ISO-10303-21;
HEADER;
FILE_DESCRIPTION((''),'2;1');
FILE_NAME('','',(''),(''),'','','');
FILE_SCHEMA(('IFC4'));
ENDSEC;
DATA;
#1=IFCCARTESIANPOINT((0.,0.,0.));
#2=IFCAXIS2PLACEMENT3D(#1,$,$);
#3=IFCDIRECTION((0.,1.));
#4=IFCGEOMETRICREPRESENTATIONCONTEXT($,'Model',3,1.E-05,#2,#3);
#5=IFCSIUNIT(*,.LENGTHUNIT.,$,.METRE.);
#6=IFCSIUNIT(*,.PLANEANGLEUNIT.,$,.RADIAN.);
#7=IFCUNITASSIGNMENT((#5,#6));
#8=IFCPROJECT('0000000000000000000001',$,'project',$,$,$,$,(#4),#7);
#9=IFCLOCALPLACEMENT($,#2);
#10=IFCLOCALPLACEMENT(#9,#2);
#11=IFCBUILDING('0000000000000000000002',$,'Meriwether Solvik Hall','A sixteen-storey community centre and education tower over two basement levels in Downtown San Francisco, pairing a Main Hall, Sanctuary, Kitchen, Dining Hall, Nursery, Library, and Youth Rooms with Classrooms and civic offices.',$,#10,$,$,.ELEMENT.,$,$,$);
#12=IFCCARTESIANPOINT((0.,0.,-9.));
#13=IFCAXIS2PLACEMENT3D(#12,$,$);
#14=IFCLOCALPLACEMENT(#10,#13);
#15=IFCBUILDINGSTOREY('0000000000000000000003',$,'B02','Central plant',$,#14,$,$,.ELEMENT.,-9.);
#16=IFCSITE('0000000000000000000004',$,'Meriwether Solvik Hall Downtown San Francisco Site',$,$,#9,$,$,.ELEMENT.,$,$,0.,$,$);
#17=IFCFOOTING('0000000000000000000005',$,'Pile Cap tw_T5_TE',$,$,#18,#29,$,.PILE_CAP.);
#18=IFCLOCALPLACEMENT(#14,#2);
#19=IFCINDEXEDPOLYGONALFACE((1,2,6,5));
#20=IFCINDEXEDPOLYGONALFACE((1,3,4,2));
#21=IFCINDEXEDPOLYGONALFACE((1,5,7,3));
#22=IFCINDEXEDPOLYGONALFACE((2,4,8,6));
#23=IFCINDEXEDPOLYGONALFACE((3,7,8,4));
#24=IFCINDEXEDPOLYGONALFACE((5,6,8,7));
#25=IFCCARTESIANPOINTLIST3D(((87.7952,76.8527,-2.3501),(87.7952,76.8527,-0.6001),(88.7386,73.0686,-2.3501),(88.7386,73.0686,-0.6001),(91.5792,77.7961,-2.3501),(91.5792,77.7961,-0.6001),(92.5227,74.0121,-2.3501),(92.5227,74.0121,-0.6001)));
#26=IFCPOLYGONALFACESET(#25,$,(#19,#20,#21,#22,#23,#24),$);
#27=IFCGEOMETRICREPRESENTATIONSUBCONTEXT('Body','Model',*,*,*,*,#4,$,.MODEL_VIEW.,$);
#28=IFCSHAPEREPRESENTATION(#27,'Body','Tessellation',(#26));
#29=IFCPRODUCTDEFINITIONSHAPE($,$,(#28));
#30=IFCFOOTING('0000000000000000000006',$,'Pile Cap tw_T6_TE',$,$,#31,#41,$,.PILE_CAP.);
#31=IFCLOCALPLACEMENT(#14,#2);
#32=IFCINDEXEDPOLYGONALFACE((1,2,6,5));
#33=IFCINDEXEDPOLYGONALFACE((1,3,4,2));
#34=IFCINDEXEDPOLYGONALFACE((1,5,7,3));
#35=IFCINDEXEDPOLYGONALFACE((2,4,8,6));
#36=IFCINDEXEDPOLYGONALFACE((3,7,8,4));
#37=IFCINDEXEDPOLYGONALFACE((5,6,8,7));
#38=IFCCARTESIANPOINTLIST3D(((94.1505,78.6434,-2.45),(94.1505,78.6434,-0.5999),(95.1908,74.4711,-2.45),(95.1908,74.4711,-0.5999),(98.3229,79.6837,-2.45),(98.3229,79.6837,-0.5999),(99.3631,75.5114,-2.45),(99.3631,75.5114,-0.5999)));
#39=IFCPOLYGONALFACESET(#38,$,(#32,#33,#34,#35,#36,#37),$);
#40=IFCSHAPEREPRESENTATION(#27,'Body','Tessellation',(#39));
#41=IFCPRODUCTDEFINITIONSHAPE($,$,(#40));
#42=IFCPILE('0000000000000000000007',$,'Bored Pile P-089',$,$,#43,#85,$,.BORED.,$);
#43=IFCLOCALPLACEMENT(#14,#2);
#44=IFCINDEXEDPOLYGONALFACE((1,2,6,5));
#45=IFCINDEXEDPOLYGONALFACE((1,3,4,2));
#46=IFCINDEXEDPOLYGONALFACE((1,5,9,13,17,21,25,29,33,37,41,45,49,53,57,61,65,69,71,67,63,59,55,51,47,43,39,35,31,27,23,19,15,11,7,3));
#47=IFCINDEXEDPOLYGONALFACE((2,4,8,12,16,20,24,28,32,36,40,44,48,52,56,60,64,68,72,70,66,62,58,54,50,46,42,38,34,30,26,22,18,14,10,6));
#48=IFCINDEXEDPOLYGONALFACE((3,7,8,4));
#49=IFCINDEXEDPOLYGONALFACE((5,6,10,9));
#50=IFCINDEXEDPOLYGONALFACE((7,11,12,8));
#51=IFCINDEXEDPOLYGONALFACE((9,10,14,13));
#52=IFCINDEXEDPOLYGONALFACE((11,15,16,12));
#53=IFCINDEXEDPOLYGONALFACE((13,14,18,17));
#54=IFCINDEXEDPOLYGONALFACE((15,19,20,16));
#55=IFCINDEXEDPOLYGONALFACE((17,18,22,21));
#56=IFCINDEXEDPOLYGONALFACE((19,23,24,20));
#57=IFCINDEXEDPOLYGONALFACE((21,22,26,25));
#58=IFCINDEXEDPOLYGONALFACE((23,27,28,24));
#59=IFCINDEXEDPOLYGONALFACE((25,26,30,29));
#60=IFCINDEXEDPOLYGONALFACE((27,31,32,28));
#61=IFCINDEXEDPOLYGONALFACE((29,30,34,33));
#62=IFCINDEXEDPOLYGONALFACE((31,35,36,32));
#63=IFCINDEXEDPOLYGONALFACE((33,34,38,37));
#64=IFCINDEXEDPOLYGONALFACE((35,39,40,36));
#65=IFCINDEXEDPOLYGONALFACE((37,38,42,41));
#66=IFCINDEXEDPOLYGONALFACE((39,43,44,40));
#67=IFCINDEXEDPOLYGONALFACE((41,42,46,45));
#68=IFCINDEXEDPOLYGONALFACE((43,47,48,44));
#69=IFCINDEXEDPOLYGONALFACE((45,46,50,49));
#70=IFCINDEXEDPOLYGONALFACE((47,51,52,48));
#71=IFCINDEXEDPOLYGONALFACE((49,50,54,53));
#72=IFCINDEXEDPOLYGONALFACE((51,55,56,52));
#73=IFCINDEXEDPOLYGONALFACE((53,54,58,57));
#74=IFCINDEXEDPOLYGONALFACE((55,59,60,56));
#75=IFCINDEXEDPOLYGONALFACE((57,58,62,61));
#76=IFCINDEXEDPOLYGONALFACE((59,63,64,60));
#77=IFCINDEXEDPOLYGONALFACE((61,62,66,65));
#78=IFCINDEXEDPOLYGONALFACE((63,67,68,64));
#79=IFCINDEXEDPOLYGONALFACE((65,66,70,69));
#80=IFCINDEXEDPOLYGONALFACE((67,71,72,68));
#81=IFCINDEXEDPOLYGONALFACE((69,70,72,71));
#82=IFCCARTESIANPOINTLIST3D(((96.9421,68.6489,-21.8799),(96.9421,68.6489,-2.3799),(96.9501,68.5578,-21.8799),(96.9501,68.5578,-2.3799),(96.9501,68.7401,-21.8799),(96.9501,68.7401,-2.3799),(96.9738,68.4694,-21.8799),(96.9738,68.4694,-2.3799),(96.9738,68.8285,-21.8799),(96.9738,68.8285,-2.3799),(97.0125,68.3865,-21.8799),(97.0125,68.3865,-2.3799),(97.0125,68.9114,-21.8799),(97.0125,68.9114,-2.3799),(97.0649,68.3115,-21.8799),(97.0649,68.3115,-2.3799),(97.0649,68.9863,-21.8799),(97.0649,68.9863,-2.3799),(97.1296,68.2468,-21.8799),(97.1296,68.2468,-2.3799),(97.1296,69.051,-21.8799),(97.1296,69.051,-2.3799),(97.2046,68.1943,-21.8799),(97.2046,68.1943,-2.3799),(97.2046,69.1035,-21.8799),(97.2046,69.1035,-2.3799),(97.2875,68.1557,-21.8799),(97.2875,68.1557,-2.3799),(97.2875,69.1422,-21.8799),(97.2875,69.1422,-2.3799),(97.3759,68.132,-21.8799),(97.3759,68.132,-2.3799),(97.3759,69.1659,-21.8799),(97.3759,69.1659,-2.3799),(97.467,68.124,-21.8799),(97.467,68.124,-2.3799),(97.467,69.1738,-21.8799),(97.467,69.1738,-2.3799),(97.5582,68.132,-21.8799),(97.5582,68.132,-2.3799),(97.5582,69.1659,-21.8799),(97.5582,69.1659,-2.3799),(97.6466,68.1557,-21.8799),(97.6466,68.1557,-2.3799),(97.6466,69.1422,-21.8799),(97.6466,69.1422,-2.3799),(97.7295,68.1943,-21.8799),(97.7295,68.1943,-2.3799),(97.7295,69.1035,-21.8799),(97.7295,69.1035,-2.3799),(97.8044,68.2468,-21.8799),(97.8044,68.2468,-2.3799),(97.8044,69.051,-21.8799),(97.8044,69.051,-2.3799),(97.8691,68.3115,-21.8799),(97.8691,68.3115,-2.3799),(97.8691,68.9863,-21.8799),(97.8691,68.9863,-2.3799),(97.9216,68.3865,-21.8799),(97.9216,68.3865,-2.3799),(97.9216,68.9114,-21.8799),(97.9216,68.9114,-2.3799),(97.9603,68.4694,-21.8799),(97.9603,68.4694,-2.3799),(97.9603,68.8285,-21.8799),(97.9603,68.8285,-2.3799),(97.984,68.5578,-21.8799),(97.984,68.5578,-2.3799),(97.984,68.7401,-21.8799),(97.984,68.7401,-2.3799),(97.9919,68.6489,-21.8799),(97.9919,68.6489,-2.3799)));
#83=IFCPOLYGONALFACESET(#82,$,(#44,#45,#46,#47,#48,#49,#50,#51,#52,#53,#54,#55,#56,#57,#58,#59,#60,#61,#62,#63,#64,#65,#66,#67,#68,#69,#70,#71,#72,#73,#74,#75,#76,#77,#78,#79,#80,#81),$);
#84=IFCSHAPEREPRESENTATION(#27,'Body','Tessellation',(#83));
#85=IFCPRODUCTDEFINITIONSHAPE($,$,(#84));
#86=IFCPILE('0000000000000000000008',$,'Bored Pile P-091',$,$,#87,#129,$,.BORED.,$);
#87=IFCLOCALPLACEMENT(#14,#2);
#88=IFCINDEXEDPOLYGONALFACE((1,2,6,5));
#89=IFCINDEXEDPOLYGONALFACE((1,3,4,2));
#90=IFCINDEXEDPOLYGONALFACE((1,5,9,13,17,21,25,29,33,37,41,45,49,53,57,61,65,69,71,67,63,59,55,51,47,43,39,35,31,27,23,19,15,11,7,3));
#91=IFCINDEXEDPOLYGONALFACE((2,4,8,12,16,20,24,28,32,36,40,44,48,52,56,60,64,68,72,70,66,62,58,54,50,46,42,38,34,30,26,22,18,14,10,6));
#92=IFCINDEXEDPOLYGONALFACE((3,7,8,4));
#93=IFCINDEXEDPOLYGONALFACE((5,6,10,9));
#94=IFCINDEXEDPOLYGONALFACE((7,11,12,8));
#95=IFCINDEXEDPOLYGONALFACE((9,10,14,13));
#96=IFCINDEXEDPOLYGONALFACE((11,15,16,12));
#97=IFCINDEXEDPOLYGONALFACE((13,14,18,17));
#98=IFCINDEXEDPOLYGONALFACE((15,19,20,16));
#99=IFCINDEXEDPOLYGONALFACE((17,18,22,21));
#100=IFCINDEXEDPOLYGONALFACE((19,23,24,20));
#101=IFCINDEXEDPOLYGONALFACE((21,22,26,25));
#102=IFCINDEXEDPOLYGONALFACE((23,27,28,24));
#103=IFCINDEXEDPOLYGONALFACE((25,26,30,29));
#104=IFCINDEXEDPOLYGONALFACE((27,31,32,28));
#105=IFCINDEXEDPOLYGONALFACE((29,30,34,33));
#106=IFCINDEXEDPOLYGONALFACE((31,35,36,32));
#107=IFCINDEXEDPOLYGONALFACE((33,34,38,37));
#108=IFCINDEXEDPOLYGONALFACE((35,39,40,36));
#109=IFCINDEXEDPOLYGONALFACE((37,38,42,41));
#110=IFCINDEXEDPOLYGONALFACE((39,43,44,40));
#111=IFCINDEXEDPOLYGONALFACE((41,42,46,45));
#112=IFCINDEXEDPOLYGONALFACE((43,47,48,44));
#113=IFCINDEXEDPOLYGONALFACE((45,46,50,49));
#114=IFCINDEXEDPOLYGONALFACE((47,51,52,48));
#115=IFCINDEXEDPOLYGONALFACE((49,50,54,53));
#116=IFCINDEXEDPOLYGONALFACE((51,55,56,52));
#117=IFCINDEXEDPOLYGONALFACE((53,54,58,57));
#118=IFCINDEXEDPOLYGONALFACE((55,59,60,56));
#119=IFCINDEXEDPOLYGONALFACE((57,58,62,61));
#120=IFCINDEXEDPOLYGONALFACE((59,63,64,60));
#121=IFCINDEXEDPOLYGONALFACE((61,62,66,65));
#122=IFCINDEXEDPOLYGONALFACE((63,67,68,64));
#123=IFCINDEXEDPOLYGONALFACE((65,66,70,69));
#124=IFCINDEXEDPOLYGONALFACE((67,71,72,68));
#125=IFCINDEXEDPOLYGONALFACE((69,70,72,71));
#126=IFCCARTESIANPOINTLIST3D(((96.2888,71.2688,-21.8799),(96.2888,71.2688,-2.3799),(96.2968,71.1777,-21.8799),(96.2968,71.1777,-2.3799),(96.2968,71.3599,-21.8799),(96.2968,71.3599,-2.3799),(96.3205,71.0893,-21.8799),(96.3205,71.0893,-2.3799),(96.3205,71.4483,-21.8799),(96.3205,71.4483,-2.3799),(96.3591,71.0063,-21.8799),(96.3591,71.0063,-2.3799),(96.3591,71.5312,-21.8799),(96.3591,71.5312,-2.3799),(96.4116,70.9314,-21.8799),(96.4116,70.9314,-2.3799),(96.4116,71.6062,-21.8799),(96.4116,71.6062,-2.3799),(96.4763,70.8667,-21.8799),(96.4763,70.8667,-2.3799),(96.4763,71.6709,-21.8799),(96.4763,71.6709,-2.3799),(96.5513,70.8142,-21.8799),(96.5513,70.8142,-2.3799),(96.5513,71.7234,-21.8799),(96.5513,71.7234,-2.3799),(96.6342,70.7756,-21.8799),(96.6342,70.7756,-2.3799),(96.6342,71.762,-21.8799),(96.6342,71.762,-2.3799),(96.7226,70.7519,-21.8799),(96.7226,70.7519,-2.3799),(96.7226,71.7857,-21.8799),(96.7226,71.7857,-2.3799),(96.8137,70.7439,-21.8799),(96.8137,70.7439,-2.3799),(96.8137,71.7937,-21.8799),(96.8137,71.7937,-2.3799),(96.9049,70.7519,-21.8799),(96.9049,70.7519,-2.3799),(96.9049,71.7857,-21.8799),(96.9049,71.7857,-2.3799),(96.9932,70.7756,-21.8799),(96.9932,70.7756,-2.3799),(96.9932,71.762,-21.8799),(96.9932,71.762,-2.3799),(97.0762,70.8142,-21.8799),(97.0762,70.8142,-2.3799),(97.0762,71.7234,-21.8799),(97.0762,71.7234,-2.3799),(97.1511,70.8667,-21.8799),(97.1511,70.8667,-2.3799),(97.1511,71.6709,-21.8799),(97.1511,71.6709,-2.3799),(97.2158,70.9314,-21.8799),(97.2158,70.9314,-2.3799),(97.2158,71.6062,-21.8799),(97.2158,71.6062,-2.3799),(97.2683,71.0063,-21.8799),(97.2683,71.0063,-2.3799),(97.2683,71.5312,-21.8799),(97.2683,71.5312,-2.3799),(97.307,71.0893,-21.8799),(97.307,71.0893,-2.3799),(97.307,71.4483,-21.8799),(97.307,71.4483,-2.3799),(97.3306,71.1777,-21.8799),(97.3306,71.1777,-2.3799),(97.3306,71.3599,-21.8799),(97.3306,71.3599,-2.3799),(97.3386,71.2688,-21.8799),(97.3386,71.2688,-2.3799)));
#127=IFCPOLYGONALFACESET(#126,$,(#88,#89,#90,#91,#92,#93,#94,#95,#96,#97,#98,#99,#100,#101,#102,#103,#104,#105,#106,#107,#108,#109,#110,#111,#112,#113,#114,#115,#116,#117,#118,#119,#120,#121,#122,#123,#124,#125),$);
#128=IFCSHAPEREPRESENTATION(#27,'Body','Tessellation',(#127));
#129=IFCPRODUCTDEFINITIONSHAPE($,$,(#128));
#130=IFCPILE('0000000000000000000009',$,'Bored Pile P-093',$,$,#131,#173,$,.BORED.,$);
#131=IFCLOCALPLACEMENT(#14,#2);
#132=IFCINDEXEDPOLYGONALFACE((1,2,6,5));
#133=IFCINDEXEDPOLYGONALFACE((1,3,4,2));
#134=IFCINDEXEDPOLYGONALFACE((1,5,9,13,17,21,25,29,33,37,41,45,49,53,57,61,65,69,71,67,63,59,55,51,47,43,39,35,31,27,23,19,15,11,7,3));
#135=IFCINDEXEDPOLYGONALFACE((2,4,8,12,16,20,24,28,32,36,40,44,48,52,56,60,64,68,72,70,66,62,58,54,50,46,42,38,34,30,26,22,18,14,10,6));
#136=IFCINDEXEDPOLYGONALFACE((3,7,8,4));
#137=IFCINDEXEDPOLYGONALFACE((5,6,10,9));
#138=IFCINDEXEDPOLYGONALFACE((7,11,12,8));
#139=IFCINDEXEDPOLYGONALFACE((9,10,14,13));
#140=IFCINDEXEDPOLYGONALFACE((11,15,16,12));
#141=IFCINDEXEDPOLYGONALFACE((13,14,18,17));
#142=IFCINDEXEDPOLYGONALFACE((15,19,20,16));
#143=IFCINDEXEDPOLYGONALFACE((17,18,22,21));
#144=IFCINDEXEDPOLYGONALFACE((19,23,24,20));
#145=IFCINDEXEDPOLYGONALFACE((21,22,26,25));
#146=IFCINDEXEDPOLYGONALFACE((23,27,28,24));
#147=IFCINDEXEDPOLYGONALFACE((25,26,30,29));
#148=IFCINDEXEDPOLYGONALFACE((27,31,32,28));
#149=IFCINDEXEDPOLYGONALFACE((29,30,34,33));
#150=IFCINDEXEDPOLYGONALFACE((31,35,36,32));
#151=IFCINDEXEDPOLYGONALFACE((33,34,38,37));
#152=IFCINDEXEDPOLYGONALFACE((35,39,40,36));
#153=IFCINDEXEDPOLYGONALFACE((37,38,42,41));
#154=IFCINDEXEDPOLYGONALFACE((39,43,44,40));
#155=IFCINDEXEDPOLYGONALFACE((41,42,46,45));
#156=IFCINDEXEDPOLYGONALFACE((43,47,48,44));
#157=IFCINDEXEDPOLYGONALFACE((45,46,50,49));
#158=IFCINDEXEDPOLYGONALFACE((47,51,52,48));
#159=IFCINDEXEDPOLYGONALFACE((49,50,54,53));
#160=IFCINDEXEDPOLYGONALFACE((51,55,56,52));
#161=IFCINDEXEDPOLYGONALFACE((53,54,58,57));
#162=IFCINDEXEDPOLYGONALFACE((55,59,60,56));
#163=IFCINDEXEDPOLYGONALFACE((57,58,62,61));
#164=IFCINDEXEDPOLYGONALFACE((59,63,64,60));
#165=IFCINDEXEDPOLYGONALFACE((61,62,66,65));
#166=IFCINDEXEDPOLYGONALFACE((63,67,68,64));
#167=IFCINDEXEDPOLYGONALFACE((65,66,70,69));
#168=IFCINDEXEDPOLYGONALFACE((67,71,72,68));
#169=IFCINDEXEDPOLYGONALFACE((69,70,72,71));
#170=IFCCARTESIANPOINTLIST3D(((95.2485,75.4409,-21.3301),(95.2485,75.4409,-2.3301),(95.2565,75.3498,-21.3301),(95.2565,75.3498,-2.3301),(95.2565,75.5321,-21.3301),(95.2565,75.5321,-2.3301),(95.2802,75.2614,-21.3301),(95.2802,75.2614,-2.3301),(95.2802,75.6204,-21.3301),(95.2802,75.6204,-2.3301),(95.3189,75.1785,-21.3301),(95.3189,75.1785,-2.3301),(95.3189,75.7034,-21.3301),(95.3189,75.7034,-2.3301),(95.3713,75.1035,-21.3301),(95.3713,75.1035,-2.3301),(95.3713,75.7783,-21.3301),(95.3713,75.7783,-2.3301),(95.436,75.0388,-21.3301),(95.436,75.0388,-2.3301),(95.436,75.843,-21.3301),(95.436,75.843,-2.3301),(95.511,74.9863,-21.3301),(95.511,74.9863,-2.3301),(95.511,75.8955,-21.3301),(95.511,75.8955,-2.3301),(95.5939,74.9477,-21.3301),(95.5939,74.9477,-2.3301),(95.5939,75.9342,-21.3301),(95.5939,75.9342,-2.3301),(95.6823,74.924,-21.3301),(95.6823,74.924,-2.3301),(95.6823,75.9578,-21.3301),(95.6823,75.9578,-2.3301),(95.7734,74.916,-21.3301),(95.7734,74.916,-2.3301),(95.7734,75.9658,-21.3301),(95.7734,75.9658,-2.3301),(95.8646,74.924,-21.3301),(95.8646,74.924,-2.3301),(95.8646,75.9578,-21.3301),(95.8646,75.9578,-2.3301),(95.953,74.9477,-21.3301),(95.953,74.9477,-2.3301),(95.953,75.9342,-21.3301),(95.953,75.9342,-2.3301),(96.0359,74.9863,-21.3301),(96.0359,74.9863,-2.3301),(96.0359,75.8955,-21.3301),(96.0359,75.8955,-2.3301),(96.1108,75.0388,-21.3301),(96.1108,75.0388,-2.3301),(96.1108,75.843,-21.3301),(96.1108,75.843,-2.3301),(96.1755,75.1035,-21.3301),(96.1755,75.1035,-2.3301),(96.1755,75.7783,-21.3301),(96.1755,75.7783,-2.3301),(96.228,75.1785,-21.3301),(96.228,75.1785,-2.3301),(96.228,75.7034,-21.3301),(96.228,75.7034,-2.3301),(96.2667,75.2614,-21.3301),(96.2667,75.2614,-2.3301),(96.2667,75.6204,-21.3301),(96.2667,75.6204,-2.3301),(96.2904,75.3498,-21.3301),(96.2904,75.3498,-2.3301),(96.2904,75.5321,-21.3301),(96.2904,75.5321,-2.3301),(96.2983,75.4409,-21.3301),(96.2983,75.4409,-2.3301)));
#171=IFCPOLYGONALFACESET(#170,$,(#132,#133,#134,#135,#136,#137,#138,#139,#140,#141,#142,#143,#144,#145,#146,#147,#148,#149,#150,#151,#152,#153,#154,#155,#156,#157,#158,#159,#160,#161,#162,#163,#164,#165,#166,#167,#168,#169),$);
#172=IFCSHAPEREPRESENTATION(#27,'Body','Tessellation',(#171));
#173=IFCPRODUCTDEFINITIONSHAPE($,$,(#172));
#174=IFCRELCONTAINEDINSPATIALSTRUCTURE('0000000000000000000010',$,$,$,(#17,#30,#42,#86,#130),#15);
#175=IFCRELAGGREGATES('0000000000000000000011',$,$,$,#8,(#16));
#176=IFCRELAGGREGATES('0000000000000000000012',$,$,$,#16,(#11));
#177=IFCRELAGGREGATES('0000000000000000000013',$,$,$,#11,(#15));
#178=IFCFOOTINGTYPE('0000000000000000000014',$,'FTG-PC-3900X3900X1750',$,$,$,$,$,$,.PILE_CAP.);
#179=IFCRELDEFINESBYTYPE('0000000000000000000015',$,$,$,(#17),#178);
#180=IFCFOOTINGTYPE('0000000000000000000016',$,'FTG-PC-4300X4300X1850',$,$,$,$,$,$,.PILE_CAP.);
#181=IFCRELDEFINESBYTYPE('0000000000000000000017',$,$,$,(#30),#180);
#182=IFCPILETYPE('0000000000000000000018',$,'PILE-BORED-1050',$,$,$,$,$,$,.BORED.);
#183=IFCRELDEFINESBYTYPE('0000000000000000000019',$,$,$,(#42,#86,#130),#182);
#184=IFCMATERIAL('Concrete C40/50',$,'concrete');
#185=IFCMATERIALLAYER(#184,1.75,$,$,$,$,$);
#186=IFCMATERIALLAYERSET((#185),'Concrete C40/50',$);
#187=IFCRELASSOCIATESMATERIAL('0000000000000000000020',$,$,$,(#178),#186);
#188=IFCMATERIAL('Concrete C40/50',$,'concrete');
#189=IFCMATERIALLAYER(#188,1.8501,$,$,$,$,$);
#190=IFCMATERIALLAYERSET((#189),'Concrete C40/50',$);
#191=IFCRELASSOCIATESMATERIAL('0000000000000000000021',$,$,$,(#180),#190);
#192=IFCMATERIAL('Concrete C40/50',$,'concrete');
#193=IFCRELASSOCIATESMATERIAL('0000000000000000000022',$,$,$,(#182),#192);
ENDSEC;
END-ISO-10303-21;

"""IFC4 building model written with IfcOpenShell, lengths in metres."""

from ifc_helpers import new_model, si_unit, direction, frame, origin, origin_2d, place, context, subcontext, project, spatial, rectangle, circle, extrude, material, layer, layer_set, material_profile, profile_set, type_object, element, save


model = new_model("IFC4")

# Units and contexts
model_context = context("Model", 3, precision=1e-05, world=origin(), true_north=direction((0.0, 1.0)))
body_context = subcontext(model_context, "Body", "Model", "MODEL_VIEW")
ifc_project = project(units=[si_unit("LENGTHUNIT", "METRE"), si_unit("PLANEANGLEUNIT", "RADIAN")], contexts=[model_context])

# Site, building, storey
site_placement = place(None, origin())
site = spatial("IfcSite", under=ifc_project, at=site_placement, Name="Meriwether Solvik Hall Downtown San Francisco Site", CompositionType="ELEMENT", RefElevation=0.0)
building_placement = place(site_placement, origin())
building = spatial("IfcBuilding", under=site, at=building_placement, Name="Meriwether Solvik Hall", Description="A sixteen-storey community centre and education tower over two basement levels in Downtown San Francisco, pairing a Main Hall, Sanctuary, Kitchen, Dining Hall, Nursery, Library, and Youth Rooms with Classrooms and civic offices.", CompositionType="ELEMENT")
storey_placement = place(building_placement, frame((0.0, 0.0, -9.0)))
storey = spatial("IfcBuildingStorey", under=building, at=storey_placement, Name="B02", Description="Central plant", CompositionType="ELEMENT", Elevation=-9.0)

# Footings
ifc_material_1 = material(Name="Concrete C40/50", Category="concrete")
ifc_layer_1 = layer(ifc_material_1, 1.75)
ifc_layer_set_1 = layer_set([ifc_layer_1], Name="Concrete C40/50")
footing_type_1 = type_object("IfcFootingType", Name="FTG-PC-3900X3900X1750", PredefinedType="PILE_CAP", material=ifc_layer_set_1)
footing_1_placement = place(storey_placement, frame((90.1589, 75.4324, -2.3501), z_axis=(0.0, 0.0, 1.0), x_axis=(0.970296, 0.241922, 0.0)))
element("IfcFooting", 1, at=footing_1_placement, inside=storey, type_object=footing_type_1, Name="Pile Cap tw_T5_TE", PredefinedType="PILE_CAP", context=body_context, shape_type="SweptSolid", body=[
    extrude(rectangle(XDim=3.8999, YDim=3.8999, at=origin_2d()), origin(), (0.0, 0.0, 1.0), 1.75),
])
ifc_material_2 = material(Name="Concrete C40/50", Category="concrete")
ifc_layer_2 = layer(ifc_material_2, 1.8501)
ifc_layer_set_2 = layer_set([ifc_layer_2], Name="Concrete C40/50")
footing_type_2 = type_object("IfcFootingType", Name="FTG-PC-4300X4300X1850", PredefinedType="PILE_CAP", material=ifc_layer_set_2)
footing_2_placement = place(storey_placement, frame((96.7568, 77.0774, -2.45), z_axis=(0.0, 0.0, 1.0), x_axis=(0.970296, 0.241922, 0.0)))
element("IfcFooting", 2, at=footing_2_placement, inside=storey, type_object=footing_type_2, Name="Pile Cap tw_T6_TE", PredefinedType="PILE_CAP", context=body_context, shape_type="SweptSolid", body=[
    extrude(rectangle(XDim=4.3, YDim=4.3, at=origin_2d()), origin(), (0.0, 0.0, 1.0), 1.8501),
])

# Piles
ifc_material_3 = material(Name="Concrete C40/50", Category="concrete")
ifc_material_profile_1 = material_profile(ifc_material_3, circle(Radius=0.5249, at=origin_2d()), Name="PILE-D1050")
ifc_profile_set_1 = profile_set([ifc_material_profile_1], Name="Concrete C40/50")
pile_type_1 = type_object("IfcPileType", Name="PILE-BORED-1050", PredefinedType="BORED", material=ifc_profile_set_1)
for number, where, z_axis, x_axis, name in (
    (3, (97.467, 68.6489, -2.3799), (0.0, 0.0, -1.0), (1.0, 0.0, 0.0), "Bored Pile P-089"),
    (4, (96.8137, 71.2688, -2.3799), (0.0, 0.0, -1.0), (1.0, 0.0, 0.0), "Bored Pile P-091"),
):
    element("IfcPile", number, at=place(storey_placement, frame(where, z_axis=z_axis, x_axis=x_axis)), inside=storey, type_object=pile_type_1, Name=name, PredefinedType="BORED", context=body_context, shape_type="SweptSolid", body=[
        extrude(circle(Radius=0.5249, at=origin_2d()), origin(), (0.0, 0.0, 1.0), 19.5),
    ])
for number, where, z_axis, x_axis, name in (
    (5, (95.7734, 75.4409, -2.3301), (0.0, 0.0, -1.0), (1.0, 0.0, 0.0), "Bored Pile P-093"),
):
    element("IfcPile", number, at=place(storey_placement, frame(where, z_axis=z_axis, x_axis=x_axis)), inside=storey, type_object=pile_type_1, Name=name, PredefinedType="BORED", context=body_context, shape_type="SweptSolid", body=[
        extrude(circle(Radius=0.5249, at=origin_2d()), origin(), (0.0, 0.0, 1.0), 19.0),
    ])

save(model, "model.ifc")
